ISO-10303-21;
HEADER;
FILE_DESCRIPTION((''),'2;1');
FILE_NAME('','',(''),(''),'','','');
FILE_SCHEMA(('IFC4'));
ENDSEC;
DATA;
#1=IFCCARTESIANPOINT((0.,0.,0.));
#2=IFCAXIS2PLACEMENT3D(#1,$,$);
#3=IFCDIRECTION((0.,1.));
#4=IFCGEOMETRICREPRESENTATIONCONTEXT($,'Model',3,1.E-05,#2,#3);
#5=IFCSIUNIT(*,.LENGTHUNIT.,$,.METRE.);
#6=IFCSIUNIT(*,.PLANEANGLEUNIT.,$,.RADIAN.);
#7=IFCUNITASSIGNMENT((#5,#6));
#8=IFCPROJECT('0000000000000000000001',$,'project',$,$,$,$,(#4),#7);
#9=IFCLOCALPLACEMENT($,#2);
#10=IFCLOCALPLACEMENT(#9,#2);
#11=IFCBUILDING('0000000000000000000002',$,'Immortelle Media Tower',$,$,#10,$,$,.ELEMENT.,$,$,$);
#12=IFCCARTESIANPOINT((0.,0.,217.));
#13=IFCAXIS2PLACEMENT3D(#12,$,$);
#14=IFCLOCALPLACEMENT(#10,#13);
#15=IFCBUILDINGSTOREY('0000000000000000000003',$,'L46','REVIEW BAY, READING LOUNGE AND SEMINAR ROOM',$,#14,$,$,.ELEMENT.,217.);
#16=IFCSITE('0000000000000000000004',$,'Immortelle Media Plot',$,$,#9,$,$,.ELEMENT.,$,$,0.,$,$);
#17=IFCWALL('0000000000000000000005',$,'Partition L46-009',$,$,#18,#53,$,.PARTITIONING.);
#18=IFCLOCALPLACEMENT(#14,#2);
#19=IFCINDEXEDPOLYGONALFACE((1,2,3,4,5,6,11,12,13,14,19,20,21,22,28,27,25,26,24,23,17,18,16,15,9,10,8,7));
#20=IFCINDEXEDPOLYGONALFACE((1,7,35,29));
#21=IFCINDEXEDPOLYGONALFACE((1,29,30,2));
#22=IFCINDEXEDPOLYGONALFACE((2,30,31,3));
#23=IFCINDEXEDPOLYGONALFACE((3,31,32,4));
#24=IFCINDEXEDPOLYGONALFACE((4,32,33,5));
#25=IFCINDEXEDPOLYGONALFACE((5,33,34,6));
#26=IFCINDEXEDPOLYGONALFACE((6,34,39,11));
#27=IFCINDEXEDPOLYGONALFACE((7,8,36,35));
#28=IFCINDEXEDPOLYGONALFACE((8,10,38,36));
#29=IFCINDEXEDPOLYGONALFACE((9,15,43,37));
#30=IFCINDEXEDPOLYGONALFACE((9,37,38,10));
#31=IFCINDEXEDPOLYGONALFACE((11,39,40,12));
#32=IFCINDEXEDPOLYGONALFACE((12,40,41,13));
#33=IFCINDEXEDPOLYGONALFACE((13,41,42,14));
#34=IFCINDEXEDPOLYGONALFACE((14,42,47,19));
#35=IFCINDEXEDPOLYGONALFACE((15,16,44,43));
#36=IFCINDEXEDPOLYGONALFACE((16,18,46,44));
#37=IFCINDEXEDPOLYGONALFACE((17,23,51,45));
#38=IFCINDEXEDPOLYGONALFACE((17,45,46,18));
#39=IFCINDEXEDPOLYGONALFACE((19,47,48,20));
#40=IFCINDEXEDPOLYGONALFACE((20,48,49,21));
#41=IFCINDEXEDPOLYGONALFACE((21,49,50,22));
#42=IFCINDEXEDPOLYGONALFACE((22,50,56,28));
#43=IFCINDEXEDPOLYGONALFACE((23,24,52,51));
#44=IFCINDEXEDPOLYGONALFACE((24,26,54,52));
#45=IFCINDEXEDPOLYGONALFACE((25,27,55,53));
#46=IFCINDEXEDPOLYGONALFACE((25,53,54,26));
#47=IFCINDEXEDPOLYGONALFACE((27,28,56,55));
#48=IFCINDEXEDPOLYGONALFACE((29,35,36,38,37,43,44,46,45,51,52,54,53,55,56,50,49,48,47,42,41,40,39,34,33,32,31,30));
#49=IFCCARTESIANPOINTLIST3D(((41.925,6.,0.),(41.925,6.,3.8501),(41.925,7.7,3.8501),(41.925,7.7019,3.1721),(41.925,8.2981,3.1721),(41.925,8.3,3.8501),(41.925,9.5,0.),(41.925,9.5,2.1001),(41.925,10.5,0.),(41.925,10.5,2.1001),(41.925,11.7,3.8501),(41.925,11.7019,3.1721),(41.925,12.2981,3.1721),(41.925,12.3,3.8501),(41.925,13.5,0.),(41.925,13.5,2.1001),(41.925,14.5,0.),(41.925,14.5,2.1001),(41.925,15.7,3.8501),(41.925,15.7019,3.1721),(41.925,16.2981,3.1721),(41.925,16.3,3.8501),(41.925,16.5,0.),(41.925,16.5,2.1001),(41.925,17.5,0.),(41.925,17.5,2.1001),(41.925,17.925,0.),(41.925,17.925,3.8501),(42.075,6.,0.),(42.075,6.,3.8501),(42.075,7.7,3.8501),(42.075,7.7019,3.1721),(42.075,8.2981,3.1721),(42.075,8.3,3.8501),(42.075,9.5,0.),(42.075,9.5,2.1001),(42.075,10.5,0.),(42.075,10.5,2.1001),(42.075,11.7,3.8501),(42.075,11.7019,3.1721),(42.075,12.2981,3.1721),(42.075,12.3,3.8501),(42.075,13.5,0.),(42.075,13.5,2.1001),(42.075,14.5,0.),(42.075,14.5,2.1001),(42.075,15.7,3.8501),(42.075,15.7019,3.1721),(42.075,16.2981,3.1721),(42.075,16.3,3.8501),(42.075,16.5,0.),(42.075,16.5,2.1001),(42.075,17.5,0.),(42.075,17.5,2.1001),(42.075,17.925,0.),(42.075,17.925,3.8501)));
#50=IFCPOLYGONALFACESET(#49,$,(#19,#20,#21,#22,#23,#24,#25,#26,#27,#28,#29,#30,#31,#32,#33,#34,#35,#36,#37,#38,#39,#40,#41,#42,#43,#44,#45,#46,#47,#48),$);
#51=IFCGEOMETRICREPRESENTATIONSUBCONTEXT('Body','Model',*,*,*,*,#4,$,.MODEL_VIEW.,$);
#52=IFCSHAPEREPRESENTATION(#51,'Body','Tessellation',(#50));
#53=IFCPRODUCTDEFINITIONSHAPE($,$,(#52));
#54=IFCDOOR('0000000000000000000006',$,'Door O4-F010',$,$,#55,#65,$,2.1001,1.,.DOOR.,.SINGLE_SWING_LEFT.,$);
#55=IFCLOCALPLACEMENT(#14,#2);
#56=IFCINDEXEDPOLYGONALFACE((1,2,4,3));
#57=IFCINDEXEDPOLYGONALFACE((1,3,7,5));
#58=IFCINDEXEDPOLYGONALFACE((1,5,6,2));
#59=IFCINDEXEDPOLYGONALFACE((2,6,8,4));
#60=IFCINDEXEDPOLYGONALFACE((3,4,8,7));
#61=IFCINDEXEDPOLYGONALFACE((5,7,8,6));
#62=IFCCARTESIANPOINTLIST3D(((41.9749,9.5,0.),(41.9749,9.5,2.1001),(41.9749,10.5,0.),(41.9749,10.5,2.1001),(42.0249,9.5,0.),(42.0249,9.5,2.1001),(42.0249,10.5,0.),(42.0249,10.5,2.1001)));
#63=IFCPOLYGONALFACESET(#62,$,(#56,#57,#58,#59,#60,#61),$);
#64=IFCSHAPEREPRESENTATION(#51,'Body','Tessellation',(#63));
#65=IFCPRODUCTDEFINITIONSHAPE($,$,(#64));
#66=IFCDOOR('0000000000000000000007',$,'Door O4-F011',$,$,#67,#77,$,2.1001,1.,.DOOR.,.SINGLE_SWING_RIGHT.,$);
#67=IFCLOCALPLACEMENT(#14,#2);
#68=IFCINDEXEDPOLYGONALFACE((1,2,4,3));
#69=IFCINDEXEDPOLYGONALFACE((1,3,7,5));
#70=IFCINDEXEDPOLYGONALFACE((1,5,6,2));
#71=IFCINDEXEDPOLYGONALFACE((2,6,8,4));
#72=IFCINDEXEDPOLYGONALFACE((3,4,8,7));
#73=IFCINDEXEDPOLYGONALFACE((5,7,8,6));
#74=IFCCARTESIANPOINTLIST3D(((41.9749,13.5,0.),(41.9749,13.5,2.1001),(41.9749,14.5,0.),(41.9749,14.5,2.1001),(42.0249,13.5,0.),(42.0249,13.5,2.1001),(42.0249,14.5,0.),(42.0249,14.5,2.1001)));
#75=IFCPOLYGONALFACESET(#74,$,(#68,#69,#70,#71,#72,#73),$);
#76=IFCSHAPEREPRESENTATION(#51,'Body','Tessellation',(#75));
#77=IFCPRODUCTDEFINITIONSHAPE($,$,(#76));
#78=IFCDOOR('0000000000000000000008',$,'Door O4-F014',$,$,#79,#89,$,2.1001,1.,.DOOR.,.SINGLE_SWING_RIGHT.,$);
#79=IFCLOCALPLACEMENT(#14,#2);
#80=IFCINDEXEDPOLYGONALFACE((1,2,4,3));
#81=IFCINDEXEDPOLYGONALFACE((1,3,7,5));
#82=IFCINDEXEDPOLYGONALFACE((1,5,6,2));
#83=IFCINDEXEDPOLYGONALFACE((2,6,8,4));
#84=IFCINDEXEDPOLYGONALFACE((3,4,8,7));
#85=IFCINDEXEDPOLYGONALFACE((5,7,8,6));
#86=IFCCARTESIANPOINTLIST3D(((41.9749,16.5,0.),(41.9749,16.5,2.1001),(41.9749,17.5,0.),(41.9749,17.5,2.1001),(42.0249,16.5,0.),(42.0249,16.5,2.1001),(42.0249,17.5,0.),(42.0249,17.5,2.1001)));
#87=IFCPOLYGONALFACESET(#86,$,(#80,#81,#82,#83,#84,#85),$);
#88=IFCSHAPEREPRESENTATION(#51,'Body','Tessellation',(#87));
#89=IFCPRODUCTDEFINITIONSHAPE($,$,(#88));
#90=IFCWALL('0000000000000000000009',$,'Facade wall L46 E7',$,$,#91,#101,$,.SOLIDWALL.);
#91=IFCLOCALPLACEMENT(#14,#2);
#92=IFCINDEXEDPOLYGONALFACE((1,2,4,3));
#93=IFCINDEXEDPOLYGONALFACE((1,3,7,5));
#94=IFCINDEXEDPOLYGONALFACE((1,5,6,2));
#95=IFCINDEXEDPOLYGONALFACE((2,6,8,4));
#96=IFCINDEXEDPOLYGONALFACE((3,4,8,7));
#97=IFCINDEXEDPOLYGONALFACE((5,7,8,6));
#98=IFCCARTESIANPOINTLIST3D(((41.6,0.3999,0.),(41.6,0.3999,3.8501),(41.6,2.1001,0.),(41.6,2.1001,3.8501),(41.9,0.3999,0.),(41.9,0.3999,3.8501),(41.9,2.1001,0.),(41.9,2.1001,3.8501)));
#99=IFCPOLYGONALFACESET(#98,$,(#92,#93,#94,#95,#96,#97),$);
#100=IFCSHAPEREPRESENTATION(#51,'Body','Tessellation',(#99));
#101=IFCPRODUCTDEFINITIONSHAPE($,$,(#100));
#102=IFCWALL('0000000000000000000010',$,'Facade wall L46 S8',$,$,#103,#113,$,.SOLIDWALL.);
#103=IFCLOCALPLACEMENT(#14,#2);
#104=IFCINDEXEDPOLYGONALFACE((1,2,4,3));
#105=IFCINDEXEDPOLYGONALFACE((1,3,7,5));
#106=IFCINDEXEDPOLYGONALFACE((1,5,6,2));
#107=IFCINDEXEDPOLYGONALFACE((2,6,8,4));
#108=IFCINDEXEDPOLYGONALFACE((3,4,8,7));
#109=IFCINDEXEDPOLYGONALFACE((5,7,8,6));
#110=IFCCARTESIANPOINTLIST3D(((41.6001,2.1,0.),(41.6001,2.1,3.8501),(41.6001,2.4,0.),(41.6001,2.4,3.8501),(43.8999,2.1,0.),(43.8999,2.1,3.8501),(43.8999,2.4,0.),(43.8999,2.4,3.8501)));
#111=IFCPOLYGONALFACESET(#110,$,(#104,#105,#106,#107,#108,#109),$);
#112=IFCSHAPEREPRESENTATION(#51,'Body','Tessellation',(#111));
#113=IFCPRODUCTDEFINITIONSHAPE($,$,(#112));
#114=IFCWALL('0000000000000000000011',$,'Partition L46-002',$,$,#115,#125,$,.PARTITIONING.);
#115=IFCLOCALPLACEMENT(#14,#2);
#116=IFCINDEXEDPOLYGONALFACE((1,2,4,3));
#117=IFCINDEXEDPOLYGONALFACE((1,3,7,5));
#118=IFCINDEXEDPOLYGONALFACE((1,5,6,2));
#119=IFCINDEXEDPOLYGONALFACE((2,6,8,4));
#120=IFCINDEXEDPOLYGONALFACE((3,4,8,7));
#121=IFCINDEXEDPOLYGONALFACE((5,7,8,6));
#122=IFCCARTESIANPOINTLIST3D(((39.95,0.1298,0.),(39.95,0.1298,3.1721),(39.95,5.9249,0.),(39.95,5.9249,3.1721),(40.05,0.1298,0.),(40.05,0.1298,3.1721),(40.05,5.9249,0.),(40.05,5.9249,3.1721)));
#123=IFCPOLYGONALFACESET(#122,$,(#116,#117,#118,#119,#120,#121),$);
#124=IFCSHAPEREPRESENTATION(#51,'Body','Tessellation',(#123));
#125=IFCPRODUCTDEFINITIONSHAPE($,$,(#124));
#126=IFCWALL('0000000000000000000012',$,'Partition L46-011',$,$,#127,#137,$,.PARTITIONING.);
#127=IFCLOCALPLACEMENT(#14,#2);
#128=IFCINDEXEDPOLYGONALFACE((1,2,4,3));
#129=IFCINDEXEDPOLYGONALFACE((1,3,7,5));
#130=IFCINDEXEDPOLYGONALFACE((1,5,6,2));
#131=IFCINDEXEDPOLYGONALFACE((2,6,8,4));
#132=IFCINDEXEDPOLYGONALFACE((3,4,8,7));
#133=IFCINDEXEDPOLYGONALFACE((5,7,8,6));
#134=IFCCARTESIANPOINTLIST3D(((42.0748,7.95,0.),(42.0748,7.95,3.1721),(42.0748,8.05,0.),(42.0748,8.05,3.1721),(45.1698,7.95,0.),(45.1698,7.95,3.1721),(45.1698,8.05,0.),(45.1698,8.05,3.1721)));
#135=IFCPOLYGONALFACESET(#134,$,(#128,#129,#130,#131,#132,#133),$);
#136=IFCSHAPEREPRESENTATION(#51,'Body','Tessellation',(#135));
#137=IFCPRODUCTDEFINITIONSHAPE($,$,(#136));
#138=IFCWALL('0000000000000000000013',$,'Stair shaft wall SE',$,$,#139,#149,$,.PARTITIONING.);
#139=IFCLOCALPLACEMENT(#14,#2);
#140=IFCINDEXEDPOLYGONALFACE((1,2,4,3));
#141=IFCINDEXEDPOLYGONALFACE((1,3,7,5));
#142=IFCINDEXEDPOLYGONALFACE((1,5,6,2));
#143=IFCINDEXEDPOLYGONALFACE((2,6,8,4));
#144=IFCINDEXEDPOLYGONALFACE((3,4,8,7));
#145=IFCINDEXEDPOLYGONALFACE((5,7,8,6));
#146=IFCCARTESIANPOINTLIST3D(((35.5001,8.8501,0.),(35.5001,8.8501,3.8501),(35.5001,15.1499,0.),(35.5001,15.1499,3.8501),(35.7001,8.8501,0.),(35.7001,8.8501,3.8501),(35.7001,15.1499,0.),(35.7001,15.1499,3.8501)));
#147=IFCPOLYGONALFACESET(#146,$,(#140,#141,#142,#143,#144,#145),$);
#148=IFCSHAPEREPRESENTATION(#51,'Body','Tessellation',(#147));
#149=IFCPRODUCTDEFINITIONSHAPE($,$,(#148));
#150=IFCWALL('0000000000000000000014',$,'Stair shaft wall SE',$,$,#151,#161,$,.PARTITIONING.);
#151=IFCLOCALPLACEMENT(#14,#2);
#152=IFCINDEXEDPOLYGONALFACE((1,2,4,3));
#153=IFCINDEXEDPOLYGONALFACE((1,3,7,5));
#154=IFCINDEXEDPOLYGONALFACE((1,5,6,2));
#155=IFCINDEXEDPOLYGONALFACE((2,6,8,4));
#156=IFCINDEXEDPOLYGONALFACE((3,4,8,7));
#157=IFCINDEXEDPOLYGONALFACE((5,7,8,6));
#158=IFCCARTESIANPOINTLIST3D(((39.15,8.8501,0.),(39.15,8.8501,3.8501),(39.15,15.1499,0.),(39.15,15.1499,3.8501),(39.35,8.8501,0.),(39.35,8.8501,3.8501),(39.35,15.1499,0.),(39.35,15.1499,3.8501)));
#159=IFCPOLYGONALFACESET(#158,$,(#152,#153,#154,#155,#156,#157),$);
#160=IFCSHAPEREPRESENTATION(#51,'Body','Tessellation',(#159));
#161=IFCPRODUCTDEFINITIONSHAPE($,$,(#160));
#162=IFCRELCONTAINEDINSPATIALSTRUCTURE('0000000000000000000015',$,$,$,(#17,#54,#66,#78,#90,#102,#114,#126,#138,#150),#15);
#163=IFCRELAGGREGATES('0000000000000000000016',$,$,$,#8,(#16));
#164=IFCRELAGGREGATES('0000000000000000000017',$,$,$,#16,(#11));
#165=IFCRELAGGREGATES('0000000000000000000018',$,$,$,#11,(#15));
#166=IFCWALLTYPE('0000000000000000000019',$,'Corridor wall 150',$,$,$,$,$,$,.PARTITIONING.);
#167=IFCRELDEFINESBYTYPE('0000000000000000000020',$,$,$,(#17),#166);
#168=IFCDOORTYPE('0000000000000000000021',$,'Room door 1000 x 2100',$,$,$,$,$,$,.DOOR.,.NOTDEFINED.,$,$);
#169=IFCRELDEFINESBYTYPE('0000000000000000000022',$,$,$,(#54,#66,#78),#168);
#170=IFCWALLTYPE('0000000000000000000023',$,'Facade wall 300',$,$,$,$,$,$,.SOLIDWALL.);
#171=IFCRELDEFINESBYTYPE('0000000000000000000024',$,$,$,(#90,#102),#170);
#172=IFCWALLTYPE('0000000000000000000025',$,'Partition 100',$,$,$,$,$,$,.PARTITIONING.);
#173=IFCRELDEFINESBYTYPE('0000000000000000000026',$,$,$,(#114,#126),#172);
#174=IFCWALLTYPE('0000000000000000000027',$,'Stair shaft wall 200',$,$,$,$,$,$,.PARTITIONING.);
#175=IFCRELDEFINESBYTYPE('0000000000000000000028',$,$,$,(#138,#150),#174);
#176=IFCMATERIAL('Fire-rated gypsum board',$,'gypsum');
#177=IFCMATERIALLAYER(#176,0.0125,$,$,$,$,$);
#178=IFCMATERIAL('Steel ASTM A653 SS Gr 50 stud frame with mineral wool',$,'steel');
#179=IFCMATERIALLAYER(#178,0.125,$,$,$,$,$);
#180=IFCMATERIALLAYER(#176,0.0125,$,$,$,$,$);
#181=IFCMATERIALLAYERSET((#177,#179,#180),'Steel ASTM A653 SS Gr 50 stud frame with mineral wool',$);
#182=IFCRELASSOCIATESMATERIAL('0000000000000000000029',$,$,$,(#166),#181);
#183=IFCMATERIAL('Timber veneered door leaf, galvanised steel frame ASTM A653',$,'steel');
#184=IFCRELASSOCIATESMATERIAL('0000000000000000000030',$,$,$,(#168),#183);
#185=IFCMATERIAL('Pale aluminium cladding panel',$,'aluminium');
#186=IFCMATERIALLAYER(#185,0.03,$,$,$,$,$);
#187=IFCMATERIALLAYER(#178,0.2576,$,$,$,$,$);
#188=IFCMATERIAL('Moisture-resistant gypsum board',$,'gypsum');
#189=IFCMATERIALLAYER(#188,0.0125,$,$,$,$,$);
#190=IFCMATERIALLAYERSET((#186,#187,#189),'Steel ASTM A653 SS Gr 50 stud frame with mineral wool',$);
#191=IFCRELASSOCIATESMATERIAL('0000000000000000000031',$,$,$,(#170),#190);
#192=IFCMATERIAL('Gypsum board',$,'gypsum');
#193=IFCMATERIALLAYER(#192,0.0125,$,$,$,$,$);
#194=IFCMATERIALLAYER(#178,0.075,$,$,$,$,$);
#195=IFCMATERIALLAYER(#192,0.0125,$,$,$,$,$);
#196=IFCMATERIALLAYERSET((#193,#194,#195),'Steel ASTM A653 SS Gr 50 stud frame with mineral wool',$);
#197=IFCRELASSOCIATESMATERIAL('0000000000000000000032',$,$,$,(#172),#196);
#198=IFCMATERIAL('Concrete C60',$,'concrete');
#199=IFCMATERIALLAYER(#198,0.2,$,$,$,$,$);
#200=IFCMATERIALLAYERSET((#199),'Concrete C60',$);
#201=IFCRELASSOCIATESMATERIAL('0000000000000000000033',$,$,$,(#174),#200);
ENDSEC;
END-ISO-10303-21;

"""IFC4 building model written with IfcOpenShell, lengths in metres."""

from ifc_helpers import new_model, si_unit, direction, frame, frame_2d, origin, place, context, subcontext, project, spatial, polyline, rectangle, outline, extrude, material, layer, layer_set, type_object, element, fill, save


model = new_model("IFC4")

# Units and contexts
model_context = context("Model", 3, precision=1e-05, world=origin(), true_north=direction((0.0, 1.0)))
body_context = subcontext(model_context, "Body", "Model", "MODEL_VIEW")
ifc_project = project(units=[si_unit("LENGTHUNIT", "METRE"), si_unit("PLANEANGLEUNIT", "RADIAN")], contexts=[model_context])

# Site, building, storey
site_placement = place(None, origin())
site = spatial("IfcSite", under=ifc_project, at=site_placement, Name="Immortelle Media Plot", CompositionType="ELEMENT", RefElevation=0.0)
building_placement = place(site_placement, origin())
building = spatial("IfcBuilding", under=site, at=building_placement, Name="Immortelle Media Tower", CompositionType="ELEMENT")
storey_placement = place(building_placement, frame((0.0, 0.0, 217.0)))
storey = spatial("IfcBuildingStorey", under=building, at=storey_placement, Name="L46", Description="REVIEW BAY, READING LOUNGE AND SEMINAR ROOM", CompositionType="ELEMENT", Elevation=217.0)

# Wall, openings, doors
ifc_material_1 = material(Name="Fire-rated gypsum board", Category="gypsum")
ifc_layer_1 = layer(ifc_material_1, 0.0125)
ifc_material_2 = material(Name="Steel ASTM A653 SS Gr 50 stud frame with mineral wool", Category="steel")
ifc_layer_2 = layer(ifc_material_2, 0.125)
ifc_layer_3 = layer(ifc_material_1, 0.0125)
ifc_layer_set_1 = layer_set([ifc_layer_1, ifc_layer_2, ifc_layer_3], Name="Steel ASTM A653 SS Gr 50 stud frame with mineral wool")
wall_type_1 = type_object("IfcWallType", Name="Corridor wall 150", PredefinedType="PARTITIONING", material=ifc_layer_set_1)
wall_1_placement = place(storey_placement, frame((42.0, 6.0, 0.0), z_axis=(0.0, 0.0, 1.0), x_axis=(0.0, 1.0, 0.0)))
wall_1 = element("IfcWall", 1, at=wall_1_placement, inside=storey, type_object=wall_type_1, Name="Partition L46-009", PredefinedType="PARTITIONING", context=body_context, shape_type="SweptSolid", body=[
    extrude(outline(polyline([(0.0, 0.0), (11.925, 0.0), (11.925, 3.8501), (10.3, 3.8501), (10.2981, 3.1721), (9.7019, 3.1721), (9.7, 3.8501), (6.3, 3.8501), (6.2981, 3.1721), (5.7019, 3.1721), (5.7, 3.8501), (2.3, 3.8501), (2.2981, 3.1721), (1.7019, 3.1721), (1.7, 3.8501), (0.0, 3.8501), (0.0, 0.0)])), frame((0.0, 0.075, 0.0), z_axis=(0.0, -1.0, 0.0), x_axis=(1.0, 0.0, 0.0)), (0.0, 0.0, 1.0), 0.1499),
])
opening_1_placement = place(wall_1_placement, frame((4.5, 0.0, 0.0), z_axis=(0.0, 0.0, 1.0), x_axis=(-1.0, 0.0, 0.0)))
opening_1 = element("IfcOpeningElement", 2, at=opening_1_placement, cuts=wall_1, PredefinedType="OPENING", context=body_context, shape_type="SweptSolid", body=[
    extrude(rectangle(XDim=1.0, YDim=2.1001, at=frame_2d((0.5, 1.05))), frame((0.0, 0.085, 0.0), z_axis=(0.0, -1.0, 0.0), x_axis=(1.0, 0.0, 0.0)), (0.0, 0.0, 1.0), 0.1699),
])
opening_2_placement = place(wall_1_placement, frame((8.5, 0.0, 0.0), z_axis=(0.0, 0.0, 1.0), x_axis=(-1.0, 0.0, 0.0)))
opening_2 = element("IfcOpeningElement", 3, at=opening_2_placement, cuts=wall_1, PredefinedType="OPENING", context=body_context, shape_type="SweptSolid", body=[
    extrude(rectangle(XDim=1.0, YDim=2.1001, at=frame_2d((0.5, 1.05))), frame((0.0, 0.085, 0.0), z_axis=(0.0, -1.0, 0.0), x_axis=(1.0, 0.0, 0.0)), (0.0, 0.0, 1.0), 0.1699),
])
opening_3_placement = place(wall_1_placement, frame((11.5, 0.0, 0.0), z_axis=(0.0, 0.0, 1.0), x_axis=(-1.0, 0.0, 0.0)))
opening_3 = element("IfcOpeningElement", 4, at=opening_3_placement, cuts=wall_1, PredefinedType="OPENING", context=body_context, shape_type="SweptSolid", body=[
    extrude(rectangle(XDim=1.0, YDim=2.1001, at=frame_2d((0.5, 1.05))), frame((0.0, 0.085, 0.0), z_axis=(0.0, -1.0, 0.0), x_axis=(1.0, 0.0, 0.0)), (0.0, 0.0, 1.0), 0.1699),
])
ifc_material_3 = material(Name="Timber veneered door leaf, galvanised steel frame ASTM A653", Category="steel")
door_type = type_object("IfcDoorType", Name="Room door 1000 x 2100", OperationType="NOTDEFINED", PredefinedType="DOOR", material=ifc_material_3)
door_1_placement = place(opening_1_placement, origin())
door_1 = element("IfcDoor", 5, at=door_1_placement, inside=storey, type_object=door_type, Name="Door O4-F010", OperationType="SINGLE_SWING_LEFT", OverallHeight=2.1001, OverallWidth=1.0, PredefinedType="DOOR", context=body_context, shape_type="SweptSolid", body=[
    extrude(rectangle(XDim=1.0, YDim=2.1001, at=frame_2d((0.5, 1.05))), frame((0.0, 0.0249, 0.0), z_axis=(0.0, -1.0, 0.0), x_axis=(1.0, 0.0, 0.0)), (0.0, 0.0, 1.0), 0.05),
])
fill(opening_1, door_1)
door_2_placement = place(opening_2_placement, origin())
door_2 = element("IfcDoor", 6, at=door_2_placement, inside=storey, type_object=door_type, Name="Door O4-F011", OperationType="SINGLE_SWING_RIGHT", OverallHeight=2.1001, OverallWidth=1.0, PredefinedType="DOOR", context=body_context, shape_type="SweptSolid", body=[
    extrude(rectangle(XDim=1.0, YDim=2.1001, at=frame_2d((0.5, 1.05))), frame((0.0, 0.0249, 0.0), z_axis=(0.0, -1.0, 0.0), x_axis=(1.0, 0.0, 0.0)), (0.0, 0.0, 1.0), 0.05),
])
fill(opening_2, door_2)
door_3_placement = place(opening_3_placement, origin())
door_3 = element("IfcDoor", 7, at=door_3_placement, inside=storey, type_object=door_type, Name="Door O4-F014", OperationType="SINGLE_SWING_RIGHT", OverallHeight=2.1001, OverallWidth=1.0, PredefinedType="DOOR", context=body_context, shape_type="SweptSolid", body=[
    extrude(rectangle(XDim=1.0, YDim=2.1001, at=frame_2d((0.5, 1.05))), frame((0.0, 0.0249, 0.0), z_axis=(0.0, -1.0, 0.0), x_axis=(1.0, 0.0, 0.0)), (0.0, 0.0, 1.0), 0.05),
])
fill(opening_3, door_3)

# Walls
ifc_material_4 = material(Name="Pale aluminium cladding panel", Category="aluminium")
ifc_layer_4 = layer(ifc_material_4, 0.03)
ifc_layer_5 = layer(ifc_material_2, 0.2576)
ifc_material_5 = material(Name="Moisture-resistant gypsum board", Category="gypsum")
ifc_layer_6 = layer(ifc_material_5, 0.0125)
ifc_layer_set_2 = layer_set([ifc_layer_4, ifc_layer_5, ifc_layer_6], Name="Steel ASTM A653 SS Gr 50 stud frame with mineral wool")
wall_type_2 = type_object("IfcWallType", Name="Facade wall 300", PredefinedType="SOLIDWALL", material=ifc_layer_set_2)
wall_2_placement = place(storey_placement, frame((41.75, 0.3999, 0.0), z_axis=(0.0, 0.0, 1.0), x_axis=(0.0, 1.0, 0.0)))
element("IfcWall", 8, at=wall_2_placement, inside=storey, type_object=wall_type_2, Name="Facade wall L46 E7", PredefinedType="SOLIDWALL", context=body_context, shape_type="SweptSolid", body=[
    extrude(rectangle(XDim=1.7002, YDim=0.3, at=frame_2d((0.8501, 0.0))), origin(), (0.0, 0.0, 1.0), 3.8501),
])
wall_3_placement = place(storey_placement, frame((41.6001, 2.25, 0.0), z_axis=(0.0, 0.0, 1.0), x_axis=(1.0, 0.0, 0.0)))
element("IfcWall", 9, at=wall_3_placement, inside=storey, type_object=wall_type_2, Name="Facade wall L46 S8", PredefinedType="SOLIDWALL", context=body_context, shape_type="SweptSolid", body=[
    extrude(rectangle(XDim=2.2998, YDim=0.3, at=frame_2d((1.1499, 0.0))), origin(), (0.0, 0.0, 1.0), 3.8501),
])
ifc_material_6 = material(Name="Gypsum board", Category="gypsum")
ifc_layer_7 = layer(ifc_material_6, 0.0125)
ifc_layer_8 = layer(ifc_material_2, 0.075)
ifc_layer_9 = layer(ifc_material_6, 0.0125)
ifc_layer_set_3 = layer_set([ifc_layer_7, ifc_layer_8, ifc_layer_9], Name="Steel ASTM A653 SS Gr 50 stud frame with mineral wool")
wall_type_3 = type_object("IfcWallType", Name="Partition 100", PredefinedType="PARTITIONING", material=ifc_layer_set_3)
wall_4_placement = place(storey_placement, frame((40.0, 0.1299, 0.0), z_axis=(0.0, 0.0, 1.0), x_axis=(0.0, 1.0, 0.0)))
element("IfcWall", 10, at=wall_4_placement, inside=storey, type_object=wall_type_3, Name="Partition L46-002", PredefinedType="PARTITIONING", context=body_context, shape_type="SweptSolid", body=[
    extrude(rectangle(XDim=5.7952, YDim=0.1001, at=frame_2d((2.8975, 0.0))), origin(), (0.0, 0.0, 1.0), 3.1721),
])
wall_5_placement = place(storey_placement, frame((42.075, 8.0, 0.0), z_axis=(0.0, 0.0, 1.0), x_axis=(1.0, 0.0, 0.0)))
element("IfcWall", 11, at=wall_5_placement, inside=storey, type_object=wall_type_3, Name="Partition L46-011", PredefinedType="PARTITIONING", context=body_context, shape_type="SweptSolid", body=[
    extrude(rectangle(XDim=3.095, YDim=0.1001, at=frame_2d((1.5474, 0.0))), origin(), (0.0, 0.0, 1.0), 3.1721),
])
ifc_material_7 = material(Name="Concrete C60", Category="concrete")
ifc_layer_10 = layer(ifc_material_7, 0.2)
ifc_layer_set_4 = layer_set([ifc_layer_10], Name="Concrete C60")
wall_type_4 = type_object("IfcWallType", Name="Stair shaft wall 200", PredefinedType="PARTITIONING", material=ifc_layer_set_4)
for number, where, z_axis, x_axis, name in (
    (12, (35.6001, 8.8501, 0.0), (0.0, 0.0, 1.0), (0.0, 1.0, 0.0), "Stair shaft wall SE"),
    (13, (39.25, 8.8501, 0.0), (0.0, 0.0, 1.0), (0.0, 1.0, 0.0), "Stair shaft wall SE"),
):
    element("IfcWall", number, at=place(storey_placement, frame(where, z_axis=z_axis, x_axis=x_axis)), inside=storey, type_object=wall_type_4, Name=name, PredefinedType="PARTITIONING", context=body_context, shape_type="SweptSolid", body=[
        extrude(rectangle(XDim=6.2998, YDim=0.2, at=frame_2d((3.1499, 0.0))), origin(), (0.0, 0.0, 1.0), 3.8501),
    ])

save(model, "model.ifc")
